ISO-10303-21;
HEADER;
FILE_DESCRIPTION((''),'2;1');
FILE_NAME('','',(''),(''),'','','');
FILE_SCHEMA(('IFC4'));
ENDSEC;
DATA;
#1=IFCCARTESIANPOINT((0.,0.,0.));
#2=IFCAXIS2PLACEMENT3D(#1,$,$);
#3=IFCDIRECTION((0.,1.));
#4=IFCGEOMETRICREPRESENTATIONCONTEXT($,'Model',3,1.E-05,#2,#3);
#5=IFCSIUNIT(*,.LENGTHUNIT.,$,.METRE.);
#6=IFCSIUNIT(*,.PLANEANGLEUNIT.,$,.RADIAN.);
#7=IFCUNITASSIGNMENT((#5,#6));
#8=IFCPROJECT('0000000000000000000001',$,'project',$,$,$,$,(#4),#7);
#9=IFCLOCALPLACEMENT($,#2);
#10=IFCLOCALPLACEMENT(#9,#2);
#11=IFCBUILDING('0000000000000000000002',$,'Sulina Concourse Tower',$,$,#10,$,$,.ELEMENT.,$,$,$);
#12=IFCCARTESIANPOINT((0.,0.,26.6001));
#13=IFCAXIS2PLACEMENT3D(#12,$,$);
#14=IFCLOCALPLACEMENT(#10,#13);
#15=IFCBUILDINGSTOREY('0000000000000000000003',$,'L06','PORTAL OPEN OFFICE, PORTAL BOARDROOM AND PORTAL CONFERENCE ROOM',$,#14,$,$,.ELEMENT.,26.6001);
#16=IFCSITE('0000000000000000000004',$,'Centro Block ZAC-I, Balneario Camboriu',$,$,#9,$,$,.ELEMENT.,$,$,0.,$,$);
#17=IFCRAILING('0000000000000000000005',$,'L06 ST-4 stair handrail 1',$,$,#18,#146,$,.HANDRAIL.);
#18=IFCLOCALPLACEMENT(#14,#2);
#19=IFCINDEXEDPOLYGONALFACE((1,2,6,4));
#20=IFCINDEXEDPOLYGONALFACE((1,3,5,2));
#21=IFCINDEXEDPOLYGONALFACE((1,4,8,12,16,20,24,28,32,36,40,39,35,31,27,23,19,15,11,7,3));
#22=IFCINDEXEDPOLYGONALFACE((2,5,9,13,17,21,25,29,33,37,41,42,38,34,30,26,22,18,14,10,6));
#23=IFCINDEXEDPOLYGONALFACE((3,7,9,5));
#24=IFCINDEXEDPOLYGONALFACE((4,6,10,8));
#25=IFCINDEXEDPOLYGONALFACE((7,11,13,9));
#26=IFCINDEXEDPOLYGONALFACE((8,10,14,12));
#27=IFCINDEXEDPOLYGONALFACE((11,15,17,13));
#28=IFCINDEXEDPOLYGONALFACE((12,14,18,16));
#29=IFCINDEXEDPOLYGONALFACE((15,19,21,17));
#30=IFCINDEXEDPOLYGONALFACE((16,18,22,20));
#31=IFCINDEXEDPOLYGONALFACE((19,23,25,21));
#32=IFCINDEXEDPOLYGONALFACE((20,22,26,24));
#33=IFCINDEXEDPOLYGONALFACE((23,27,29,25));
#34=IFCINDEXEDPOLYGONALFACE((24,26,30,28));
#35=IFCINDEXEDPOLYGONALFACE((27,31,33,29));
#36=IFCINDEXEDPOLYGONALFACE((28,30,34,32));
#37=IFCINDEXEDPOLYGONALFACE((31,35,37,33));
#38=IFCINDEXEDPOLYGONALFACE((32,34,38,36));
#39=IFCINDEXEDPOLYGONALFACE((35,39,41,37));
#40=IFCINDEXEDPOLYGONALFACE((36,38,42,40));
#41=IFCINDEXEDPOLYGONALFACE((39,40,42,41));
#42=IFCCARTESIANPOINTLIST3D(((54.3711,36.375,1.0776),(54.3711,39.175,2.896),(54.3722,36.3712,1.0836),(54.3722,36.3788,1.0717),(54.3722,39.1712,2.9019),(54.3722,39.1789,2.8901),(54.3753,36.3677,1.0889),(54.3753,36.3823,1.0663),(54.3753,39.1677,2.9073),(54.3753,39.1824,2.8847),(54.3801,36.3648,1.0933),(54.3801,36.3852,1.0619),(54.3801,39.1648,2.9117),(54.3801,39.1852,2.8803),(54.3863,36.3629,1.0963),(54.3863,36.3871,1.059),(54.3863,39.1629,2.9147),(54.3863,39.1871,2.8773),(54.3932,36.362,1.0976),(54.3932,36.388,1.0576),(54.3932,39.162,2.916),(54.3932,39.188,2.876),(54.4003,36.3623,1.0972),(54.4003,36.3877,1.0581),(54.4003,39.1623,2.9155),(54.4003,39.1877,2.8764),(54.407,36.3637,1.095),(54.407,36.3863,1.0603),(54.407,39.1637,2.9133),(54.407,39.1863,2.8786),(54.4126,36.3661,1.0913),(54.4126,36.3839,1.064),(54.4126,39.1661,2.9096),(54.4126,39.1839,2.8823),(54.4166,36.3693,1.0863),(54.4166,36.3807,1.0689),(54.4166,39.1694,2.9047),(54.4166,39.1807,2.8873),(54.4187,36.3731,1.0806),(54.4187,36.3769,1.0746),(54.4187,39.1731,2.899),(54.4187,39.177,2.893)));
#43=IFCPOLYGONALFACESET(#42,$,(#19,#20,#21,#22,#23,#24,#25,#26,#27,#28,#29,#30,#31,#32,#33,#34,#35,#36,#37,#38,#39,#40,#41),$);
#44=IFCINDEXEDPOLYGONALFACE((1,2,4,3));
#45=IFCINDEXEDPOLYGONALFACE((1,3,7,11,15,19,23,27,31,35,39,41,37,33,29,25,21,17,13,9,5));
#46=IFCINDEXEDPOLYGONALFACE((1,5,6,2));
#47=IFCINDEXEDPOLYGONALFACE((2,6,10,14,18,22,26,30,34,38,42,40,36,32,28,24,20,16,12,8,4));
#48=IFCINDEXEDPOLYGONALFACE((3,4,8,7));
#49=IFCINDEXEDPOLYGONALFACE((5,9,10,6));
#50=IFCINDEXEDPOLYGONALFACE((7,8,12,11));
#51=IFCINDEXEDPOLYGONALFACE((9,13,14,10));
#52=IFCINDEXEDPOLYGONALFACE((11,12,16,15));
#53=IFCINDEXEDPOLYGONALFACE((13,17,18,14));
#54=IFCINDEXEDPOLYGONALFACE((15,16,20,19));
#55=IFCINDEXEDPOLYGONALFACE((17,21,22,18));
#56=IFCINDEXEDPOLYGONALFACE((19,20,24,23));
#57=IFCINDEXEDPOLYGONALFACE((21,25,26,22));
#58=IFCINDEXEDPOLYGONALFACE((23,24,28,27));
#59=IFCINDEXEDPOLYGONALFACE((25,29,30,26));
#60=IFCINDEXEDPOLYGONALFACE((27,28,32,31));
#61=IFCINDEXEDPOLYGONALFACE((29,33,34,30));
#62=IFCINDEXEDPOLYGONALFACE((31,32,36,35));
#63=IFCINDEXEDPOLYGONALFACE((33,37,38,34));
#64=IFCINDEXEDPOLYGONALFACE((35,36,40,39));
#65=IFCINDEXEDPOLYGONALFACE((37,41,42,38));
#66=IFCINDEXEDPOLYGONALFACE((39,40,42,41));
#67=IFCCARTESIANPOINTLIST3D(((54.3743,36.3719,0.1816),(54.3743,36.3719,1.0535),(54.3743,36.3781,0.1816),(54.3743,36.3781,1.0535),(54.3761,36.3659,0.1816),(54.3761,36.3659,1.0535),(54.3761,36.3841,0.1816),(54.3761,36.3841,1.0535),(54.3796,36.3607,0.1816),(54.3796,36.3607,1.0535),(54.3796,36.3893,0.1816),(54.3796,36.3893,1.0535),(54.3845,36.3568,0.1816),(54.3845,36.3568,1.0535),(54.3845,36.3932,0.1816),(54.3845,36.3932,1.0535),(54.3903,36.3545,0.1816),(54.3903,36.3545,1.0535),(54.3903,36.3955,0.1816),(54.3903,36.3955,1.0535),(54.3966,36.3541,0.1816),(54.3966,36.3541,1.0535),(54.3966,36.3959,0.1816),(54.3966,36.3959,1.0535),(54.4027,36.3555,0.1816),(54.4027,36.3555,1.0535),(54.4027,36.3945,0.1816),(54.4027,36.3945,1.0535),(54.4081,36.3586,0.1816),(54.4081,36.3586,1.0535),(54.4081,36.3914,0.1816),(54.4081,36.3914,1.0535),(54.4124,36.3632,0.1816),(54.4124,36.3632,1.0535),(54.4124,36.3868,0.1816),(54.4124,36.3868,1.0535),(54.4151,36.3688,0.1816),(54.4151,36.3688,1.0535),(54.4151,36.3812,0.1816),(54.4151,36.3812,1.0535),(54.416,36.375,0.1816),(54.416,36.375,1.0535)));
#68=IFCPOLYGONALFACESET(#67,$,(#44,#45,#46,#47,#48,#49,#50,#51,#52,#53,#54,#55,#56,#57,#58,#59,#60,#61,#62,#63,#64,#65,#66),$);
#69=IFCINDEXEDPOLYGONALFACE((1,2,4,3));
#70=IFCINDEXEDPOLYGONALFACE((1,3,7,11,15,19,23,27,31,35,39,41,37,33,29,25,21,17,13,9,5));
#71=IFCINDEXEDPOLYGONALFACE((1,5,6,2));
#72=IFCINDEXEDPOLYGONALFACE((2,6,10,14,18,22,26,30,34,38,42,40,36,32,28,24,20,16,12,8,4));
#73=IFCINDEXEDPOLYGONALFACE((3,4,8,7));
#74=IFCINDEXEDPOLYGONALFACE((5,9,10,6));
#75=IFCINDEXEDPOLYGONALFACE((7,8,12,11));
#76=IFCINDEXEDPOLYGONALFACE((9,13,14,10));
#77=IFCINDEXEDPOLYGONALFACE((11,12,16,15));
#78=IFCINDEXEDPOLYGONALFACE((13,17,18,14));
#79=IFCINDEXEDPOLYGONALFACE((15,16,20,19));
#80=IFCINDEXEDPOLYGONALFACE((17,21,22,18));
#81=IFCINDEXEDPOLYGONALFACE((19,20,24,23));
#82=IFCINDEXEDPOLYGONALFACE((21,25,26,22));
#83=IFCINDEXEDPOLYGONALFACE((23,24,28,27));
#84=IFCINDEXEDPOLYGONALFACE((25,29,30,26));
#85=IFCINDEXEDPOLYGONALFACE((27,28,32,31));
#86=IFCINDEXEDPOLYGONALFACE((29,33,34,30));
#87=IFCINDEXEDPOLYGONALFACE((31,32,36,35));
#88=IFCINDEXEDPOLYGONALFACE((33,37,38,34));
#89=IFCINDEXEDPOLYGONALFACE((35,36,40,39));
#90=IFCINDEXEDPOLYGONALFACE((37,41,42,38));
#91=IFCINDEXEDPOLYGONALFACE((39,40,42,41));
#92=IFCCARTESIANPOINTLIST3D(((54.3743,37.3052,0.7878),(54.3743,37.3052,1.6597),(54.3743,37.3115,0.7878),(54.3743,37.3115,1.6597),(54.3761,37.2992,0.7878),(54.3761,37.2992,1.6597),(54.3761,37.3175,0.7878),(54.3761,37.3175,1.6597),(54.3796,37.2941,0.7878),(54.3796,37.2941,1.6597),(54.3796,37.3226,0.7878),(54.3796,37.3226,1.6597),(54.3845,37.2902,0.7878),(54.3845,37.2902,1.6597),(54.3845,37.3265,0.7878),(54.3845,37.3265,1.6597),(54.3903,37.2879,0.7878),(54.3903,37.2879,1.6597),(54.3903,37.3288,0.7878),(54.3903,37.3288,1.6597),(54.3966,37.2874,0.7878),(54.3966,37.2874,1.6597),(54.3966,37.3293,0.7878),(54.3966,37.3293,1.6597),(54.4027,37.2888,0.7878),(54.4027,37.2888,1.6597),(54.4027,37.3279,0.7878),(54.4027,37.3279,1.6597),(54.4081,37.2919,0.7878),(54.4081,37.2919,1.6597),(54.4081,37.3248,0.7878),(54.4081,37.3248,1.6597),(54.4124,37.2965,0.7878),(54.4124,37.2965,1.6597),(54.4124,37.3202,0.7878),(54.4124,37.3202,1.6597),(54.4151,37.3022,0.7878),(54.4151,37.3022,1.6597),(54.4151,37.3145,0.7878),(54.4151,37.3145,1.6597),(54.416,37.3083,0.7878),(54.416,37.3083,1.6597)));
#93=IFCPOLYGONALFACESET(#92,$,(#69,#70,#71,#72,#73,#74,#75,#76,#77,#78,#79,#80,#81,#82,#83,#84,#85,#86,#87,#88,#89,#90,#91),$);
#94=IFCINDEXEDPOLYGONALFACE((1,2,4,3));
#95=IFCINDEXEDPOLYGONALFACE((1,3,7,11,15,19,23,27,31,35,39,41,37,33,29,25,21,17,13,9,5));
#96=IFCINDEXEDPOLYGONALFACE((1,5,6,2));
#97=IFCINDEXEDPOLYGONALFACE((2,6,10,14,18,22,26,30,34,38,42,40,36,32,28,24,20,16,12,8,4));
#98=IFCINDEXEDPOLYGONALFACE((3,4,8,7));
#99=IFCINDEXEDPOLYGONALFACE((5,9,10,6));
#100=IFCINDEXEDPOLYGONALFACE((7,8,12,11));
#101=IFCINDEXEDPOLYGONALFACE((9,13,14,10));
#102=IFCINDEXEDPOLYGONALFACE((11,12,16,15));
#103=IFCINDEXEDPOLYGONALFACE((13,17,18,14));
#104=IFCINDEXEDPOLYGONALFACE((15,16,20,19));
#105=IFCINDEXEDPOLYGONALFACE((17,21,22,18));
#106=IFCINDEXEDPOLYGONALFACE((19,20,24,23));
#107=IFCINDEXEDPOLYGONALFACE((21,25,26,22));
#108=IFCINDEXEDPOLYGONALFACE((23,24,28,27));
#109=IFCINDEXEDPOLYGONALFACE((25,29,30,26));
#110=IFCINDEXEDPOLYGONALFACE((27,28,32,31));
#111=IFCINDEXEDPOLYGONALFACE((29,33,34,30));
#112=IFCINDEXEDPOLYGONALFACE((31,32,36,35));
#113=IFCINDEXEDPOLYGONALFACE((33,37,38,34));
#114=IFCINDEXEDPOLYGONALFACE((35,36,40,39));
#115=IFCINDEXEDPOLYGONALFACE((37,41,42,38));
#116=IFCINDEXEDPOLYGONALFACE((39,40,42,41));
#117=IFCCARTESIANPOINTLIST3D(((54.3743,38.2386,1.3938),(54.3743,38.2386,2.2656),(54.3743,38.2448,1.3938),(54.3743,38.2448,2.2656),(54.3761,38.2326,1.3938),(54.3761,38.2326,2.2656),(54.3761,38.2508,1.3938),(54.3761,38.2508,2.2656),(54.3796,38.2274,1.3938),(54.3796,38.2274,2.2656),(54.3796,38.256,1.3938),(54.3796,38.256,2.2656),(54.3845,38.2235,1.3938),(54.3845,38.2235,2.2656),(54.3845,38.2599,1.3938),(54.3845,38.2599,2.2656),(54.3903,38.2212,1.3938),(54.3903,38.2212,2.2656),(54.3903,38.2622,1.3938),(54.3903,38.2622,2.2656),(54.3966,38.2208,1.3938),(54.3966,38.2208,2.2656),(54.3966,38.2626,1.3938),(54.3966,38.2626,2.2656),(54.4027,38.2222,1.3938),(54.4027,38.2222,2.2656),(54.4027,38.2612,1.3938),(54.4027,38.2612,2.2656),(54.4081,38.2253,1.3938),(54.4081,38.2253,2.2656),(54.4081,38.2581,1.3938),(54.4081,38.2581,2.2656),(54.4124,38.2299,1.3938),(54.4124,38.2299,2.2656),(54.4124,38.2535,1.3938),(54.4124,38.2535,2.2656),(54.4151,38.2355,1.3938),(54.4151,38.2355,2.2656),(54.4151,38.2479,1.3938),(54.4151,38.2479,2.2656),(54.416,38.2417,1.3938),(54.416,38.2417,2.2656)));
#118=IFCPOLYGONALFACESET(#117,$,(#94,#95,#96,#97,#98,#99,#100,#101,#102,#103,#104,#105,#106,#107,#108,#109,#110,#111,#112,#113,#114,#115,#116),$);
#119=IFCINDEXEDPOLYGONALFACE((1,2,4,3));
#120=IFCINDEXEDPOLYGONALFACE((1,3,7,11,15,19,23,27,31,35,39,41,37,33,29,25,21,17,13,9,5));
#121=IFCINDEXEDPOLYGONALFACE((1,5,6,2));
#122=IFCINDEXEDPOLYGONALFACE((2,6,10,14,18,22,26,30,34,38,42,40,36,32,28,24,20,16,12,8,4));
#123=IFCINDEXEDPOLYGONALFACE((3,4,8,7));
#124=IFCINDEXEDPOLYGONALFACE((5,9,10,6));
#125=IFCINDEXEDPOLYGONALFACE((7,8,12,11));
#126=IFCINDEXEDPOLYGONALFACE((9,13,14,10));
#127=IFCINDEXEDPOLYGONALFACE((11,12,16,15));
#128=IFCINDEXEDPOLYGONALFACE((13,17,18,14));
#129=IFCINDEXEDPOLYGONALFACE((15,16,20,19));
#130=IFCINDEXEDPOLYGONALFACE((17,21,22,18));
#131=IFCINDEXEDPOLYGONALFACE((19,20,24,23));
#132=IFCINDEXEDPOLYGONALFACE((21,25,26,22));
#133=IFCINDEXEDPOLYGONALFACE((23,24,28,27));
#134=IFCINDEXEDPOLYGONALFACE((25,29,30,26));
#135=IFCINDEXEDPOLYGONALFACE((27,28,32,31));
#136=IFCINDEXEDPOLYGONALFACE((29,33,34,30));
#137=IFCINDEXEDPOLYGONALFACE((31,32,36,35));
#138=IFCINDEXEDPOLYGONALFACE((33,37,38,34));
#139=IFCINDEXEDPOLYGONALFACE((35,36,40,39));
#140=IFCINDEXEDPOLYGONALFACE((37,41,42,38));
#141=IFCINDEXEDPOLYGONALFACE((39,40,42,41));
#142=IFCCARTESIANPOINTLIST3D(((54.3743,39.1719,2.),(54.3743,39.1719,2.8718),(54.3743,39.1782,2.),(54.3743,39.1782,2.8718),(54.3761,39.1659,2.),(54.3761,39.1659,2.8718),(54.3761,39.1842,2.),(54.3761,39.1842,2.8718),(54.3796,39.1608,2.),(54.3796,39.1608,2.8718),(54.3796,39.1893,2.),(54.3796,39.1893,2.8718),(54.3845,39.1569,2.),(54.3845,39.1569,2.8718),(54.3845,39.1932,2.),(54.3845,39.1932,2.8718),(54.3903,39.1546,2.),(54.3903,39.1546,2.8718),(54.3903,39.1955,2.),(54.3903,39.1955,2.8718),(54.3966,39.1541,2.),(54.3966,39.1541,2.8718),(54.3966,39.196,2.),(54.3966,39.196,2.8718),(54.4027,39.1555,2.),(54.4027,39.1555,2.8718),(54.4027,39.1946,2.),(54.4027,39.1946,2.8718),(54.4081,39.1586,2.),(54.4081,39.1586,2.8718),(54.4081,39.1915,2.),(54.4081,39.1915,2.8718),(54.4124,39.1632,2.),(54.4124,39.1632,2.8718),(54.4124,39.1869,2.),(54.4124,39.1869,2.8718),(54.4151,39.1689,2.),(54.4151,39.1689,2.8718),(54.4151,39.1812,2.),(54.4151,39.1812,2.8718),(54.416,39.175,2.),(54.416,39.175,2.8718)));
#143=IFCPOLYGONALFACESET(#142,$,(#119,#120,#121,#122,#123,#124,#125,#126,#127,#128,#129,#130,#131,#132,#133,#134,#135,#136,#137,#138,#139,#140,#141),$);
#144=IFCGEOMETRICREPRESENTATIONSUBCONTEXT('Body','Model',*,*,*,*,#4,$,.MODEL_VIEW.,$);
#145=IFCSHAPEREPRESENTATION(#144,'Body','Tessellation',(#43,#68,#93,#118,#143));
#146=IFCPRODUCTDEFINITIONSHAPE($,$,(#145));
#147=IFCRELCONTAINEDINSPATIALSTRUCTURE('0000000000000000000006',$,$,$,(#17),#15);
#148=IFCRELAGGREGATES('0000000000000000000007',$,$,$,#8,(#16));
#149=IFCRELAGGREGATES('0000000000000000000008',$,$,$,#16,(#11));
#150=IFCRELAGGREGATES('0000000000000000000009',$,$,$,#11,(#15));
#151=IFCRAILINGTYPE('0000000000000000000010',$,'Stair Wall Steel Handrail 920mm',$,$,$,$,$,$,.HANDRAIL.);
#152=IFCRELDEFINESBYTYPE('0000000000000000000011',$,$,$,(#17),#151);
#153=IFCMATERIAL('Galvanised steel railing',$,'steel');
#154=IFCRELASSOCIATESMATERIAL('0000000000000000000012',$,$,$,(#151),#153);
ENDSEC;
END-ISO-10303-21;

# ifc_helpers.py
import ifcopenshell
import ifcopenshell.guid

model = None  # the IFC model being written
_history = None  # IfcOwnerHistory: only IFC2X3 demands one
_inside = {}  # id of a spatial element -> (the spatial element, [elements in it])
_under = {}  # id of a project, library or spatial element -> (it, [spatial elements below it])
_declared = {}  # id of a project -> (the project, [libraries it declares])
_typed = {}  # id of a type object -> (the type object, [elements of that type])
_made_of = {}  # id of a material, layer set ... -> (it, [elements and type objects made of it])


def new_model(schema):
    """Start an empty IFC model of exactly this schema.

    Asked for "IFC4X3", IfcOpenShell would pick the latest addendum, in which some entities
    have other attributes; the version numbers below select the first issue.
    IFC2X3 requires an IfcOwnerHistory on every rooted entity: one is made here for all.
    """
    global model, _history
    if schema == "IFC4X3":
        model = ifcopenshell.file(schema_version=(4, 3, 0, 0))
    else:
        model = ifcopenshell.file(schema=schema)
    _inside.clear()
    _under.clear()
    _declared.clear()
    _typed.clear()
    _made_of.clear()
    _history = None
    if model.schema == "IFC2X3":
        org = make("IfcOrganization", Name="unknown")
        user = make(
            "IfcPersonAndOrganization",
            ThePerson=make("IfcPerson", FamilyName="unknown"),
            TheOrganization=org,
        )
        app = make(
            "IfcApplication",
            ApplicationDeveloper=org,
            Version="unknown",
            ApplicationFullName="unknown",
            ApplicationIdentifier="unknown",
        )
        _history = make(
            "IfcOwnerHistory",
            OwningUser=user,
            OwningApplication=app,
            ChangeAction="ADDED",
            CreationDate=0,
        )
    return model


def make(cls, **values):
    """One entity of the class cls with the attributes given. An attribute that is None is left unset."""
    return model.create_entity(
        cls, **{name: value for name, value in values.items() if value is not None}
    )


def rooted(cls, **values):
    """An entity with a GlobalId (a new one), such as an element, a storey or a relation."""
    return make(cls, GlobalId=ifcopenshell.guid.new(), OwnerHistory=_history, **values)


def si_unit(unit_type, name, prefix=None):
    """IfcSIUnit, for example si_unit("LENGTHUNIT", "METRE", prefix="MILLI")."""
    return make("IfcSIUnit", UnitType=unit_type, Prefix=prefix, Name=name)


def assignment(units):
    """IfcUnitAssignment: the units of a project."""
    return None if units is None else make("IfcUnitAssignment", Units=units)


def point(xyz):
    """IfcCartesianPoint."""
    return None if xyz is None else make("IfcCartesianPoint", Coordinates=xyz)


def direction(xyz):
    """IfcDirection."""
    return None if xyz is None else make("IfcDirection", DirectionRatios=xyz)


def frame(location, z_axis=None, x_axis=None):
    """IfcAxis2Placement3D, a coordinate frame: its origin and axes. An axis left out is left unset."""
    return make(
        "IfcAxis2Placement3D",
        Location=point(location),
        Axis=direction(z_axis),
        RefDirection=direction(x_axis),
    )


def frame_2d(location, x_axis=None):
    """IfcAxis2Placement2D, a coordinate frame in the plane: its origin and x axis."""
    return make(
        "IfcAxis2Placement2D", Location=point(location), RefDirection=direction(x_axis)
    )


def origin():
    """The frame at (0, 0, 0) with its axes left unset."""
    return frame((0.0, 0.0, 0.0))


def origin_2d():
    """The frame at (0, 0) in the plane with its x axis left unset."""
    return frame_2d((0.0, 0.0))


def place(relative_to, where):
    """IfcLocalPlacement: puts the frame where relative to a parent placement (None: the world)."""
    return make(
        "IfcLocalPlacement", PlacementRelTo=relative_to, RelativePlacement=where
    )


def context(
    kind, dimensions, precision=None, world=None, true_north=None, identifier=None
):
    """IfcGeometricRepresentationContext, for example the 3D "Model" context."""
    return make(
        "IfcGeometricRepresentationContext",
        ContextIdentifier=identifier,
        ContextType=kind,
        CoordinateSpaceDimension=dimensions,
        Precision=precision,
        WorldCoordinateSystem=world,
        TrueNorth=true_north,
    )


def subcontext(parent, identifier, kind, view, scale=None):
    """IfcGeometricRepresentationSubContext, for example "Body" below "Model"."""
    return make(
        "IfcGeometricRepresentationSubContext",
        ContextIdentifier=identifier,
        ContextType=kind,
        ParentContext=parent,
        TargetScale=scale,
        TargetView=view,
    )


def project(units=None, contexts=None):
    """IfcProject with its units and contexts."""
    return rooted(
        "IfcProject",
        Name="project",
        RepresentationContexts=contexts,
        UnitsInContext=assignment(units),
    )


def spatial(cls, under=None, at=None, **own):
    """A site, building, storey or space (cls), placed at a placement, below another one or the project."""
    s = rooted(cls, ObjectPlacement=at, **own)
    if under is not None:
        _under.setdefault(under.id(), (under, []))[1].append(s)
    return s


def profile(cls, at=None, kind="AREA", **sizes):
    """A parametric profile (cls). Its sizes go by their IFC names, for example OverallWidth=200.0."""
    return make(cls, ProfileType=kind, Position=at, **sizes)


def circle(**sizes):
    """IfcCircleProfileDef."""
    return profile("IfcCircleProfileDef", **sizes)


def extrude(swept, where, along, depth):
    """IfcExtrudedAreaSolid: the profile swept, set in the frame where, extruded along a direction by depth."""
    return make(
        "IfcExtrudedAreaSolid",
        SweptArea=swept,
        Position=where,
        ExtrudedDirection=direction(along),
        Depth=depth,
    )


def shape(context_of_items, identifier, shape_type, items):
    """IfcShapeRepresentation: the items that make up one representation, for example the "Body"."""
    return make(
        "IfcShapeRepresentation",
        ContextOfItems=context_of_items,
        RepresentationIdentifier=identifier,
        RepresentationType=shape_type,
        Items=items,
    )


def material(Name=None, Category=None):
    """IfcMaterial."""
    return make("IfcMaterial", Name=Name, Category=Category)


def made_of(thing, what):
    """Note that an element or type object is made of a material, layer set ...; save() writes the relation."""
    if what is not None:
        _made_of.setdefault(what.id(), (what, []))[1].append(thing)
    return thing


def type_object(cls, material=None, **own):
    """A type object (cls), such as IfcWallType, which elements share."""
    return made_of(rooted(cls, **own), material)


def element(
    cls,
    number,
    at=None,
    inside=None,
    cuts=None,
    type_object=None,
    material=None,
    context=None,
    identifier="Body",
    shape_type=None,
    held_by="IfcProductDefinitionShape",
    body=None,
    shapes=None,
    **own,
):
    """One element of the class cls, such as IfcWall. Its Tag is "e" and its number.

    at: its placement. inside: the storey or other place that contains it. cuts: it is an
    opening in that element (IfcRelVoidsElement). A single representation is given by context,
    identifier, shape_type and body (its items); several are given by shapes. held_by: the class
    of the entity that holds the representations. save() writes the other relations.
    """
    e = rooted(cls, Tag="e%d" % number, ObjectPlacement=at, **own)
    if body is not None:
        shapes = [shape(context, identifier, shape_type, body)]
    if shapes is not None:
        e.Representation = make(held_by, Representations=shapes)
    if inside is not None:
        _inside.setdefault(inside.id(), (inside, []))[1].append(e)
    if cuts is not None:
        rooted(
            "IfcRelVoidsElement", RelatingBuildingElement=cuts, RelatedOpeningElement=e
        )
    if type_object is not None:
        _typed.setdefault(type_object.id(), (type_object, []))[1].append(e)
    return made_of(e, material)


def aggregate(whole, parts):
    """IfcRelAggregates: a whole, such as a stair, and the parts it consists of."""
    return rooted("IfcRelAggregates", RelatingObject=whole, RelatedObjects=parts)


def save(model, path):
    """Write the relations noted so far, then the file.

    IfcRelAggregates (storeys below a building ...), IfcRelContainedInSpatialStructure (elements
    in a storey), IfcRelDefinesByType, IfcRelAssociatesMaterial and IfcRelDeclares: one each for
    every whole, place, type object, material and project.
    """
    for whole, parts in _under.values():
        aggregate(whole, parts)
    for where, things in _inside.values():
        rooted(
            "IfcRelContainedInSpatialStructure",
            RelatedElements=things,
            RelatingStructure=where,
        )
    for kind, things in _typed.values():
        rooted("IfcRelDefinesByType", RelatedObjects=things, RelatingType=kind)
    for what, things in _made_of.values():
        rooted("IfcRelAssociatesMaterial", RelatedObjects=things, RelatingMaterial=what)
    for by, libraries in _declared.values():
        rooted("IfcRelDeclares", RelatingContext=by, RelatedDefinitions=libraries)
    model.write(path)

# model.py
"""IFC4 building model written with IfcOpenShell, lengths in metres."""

from ifc_helpers import new_model, si_unit, direction, frame, origin, origin_2d, place, context, subcontext, project, spatial, circle, extrude, material, type_object, element, save


model = new_model("IFC4")

# Units and contexts
model_context = context("Model", 3, precision=1e-05, world=origin(), true_north=direction((0.0, 1.0)))
body_context = subcontext(model_context, "Body", "Model", "MODEL_VIEW")
ifc_project = project(units=[si_unit("LENGTHUNIT", "METRE"), si_unit("PLANEANGLEUNIT", "RADIAN")], contexts=[model_context])

# Site, building, storey
site_placement = place(None, origin())
site = spatial("IfcSite", under=ifc_project, at=site_placement, Name="Centro Block ZAC-I, Balneario Camboriu", CompositionType="ELEMENT", RefElevation=0.0)
building_placement = place(site_placement, origin())
building = spatial("IfcBuilding", under=site, at=building_placement, Name="Sulina Concourse Tower", CompositionType="ELEMENT")
storey_placement = place(building_placement, frame((0.0, 0.0, 26.6001)))
storey = spatial("IfcBuildingStorey", under=building, at=storey_placement, Name="L06", Description="PORTAL OPEN OFFICE, PORTAL BOARDROOM AND PORTAL CONFERENCE ROOM", CompositionType="ELEMENT", Elevation=26.6001)

# Railing
ifc_material_1 = material(Name="Galvanised steel railing", Category="steel")
railing_type_1 = type_object("IfcRailingType", Name="Stair Wall Steel Handrail 920mm", PredefinedType="HANDRAIL", material=ifc_material_1)
railing_1_placement = place(storey_placement, frame((54.395, 36.375, 0.1816)))
element("IfcRailing", 1, at=railing_1_placement, inside=storey, type_object=railing_type_1, Name="L06 ST-4 stair handrail 1", PredefinedType="HANDRAIL", context=body_context, shape_type="SweptSolid", body=[
    extrude(circle(Radius=0.0239, at=origin_2d()), frame((0.0, 0.0, 0.896), z_axis=(0.0, 0.838672, 0.544636), x_axis=(-1.0, 0.0, 0.0)), (0.0, 0.0, 1.0), 3.3386),
    extrude(circle(Radius=0.021, at=origin_2d()), origin(), (0.0, 0.0, 1.0), 0.8718),
    extrude(circle(Radius=0.021, at=origin_2d()), frame((0.0, 0.9333, 0.6062)), (0.0, 0.0, 1.0), 0.8718),
    extrude(circle(Radius=0.021, at=origin_2d()), frame((0.0, 1.8667, 1.2122)), (0.0, 0.0, 1.0), 0.8718),
    extrude(circle(Radius=0.021, at=origin_2d()), frame((0.0, 2.8, 1.8184)), (0.0, 0.0, 1.0), 0.8718),
])

save(model, "model.ifc")
